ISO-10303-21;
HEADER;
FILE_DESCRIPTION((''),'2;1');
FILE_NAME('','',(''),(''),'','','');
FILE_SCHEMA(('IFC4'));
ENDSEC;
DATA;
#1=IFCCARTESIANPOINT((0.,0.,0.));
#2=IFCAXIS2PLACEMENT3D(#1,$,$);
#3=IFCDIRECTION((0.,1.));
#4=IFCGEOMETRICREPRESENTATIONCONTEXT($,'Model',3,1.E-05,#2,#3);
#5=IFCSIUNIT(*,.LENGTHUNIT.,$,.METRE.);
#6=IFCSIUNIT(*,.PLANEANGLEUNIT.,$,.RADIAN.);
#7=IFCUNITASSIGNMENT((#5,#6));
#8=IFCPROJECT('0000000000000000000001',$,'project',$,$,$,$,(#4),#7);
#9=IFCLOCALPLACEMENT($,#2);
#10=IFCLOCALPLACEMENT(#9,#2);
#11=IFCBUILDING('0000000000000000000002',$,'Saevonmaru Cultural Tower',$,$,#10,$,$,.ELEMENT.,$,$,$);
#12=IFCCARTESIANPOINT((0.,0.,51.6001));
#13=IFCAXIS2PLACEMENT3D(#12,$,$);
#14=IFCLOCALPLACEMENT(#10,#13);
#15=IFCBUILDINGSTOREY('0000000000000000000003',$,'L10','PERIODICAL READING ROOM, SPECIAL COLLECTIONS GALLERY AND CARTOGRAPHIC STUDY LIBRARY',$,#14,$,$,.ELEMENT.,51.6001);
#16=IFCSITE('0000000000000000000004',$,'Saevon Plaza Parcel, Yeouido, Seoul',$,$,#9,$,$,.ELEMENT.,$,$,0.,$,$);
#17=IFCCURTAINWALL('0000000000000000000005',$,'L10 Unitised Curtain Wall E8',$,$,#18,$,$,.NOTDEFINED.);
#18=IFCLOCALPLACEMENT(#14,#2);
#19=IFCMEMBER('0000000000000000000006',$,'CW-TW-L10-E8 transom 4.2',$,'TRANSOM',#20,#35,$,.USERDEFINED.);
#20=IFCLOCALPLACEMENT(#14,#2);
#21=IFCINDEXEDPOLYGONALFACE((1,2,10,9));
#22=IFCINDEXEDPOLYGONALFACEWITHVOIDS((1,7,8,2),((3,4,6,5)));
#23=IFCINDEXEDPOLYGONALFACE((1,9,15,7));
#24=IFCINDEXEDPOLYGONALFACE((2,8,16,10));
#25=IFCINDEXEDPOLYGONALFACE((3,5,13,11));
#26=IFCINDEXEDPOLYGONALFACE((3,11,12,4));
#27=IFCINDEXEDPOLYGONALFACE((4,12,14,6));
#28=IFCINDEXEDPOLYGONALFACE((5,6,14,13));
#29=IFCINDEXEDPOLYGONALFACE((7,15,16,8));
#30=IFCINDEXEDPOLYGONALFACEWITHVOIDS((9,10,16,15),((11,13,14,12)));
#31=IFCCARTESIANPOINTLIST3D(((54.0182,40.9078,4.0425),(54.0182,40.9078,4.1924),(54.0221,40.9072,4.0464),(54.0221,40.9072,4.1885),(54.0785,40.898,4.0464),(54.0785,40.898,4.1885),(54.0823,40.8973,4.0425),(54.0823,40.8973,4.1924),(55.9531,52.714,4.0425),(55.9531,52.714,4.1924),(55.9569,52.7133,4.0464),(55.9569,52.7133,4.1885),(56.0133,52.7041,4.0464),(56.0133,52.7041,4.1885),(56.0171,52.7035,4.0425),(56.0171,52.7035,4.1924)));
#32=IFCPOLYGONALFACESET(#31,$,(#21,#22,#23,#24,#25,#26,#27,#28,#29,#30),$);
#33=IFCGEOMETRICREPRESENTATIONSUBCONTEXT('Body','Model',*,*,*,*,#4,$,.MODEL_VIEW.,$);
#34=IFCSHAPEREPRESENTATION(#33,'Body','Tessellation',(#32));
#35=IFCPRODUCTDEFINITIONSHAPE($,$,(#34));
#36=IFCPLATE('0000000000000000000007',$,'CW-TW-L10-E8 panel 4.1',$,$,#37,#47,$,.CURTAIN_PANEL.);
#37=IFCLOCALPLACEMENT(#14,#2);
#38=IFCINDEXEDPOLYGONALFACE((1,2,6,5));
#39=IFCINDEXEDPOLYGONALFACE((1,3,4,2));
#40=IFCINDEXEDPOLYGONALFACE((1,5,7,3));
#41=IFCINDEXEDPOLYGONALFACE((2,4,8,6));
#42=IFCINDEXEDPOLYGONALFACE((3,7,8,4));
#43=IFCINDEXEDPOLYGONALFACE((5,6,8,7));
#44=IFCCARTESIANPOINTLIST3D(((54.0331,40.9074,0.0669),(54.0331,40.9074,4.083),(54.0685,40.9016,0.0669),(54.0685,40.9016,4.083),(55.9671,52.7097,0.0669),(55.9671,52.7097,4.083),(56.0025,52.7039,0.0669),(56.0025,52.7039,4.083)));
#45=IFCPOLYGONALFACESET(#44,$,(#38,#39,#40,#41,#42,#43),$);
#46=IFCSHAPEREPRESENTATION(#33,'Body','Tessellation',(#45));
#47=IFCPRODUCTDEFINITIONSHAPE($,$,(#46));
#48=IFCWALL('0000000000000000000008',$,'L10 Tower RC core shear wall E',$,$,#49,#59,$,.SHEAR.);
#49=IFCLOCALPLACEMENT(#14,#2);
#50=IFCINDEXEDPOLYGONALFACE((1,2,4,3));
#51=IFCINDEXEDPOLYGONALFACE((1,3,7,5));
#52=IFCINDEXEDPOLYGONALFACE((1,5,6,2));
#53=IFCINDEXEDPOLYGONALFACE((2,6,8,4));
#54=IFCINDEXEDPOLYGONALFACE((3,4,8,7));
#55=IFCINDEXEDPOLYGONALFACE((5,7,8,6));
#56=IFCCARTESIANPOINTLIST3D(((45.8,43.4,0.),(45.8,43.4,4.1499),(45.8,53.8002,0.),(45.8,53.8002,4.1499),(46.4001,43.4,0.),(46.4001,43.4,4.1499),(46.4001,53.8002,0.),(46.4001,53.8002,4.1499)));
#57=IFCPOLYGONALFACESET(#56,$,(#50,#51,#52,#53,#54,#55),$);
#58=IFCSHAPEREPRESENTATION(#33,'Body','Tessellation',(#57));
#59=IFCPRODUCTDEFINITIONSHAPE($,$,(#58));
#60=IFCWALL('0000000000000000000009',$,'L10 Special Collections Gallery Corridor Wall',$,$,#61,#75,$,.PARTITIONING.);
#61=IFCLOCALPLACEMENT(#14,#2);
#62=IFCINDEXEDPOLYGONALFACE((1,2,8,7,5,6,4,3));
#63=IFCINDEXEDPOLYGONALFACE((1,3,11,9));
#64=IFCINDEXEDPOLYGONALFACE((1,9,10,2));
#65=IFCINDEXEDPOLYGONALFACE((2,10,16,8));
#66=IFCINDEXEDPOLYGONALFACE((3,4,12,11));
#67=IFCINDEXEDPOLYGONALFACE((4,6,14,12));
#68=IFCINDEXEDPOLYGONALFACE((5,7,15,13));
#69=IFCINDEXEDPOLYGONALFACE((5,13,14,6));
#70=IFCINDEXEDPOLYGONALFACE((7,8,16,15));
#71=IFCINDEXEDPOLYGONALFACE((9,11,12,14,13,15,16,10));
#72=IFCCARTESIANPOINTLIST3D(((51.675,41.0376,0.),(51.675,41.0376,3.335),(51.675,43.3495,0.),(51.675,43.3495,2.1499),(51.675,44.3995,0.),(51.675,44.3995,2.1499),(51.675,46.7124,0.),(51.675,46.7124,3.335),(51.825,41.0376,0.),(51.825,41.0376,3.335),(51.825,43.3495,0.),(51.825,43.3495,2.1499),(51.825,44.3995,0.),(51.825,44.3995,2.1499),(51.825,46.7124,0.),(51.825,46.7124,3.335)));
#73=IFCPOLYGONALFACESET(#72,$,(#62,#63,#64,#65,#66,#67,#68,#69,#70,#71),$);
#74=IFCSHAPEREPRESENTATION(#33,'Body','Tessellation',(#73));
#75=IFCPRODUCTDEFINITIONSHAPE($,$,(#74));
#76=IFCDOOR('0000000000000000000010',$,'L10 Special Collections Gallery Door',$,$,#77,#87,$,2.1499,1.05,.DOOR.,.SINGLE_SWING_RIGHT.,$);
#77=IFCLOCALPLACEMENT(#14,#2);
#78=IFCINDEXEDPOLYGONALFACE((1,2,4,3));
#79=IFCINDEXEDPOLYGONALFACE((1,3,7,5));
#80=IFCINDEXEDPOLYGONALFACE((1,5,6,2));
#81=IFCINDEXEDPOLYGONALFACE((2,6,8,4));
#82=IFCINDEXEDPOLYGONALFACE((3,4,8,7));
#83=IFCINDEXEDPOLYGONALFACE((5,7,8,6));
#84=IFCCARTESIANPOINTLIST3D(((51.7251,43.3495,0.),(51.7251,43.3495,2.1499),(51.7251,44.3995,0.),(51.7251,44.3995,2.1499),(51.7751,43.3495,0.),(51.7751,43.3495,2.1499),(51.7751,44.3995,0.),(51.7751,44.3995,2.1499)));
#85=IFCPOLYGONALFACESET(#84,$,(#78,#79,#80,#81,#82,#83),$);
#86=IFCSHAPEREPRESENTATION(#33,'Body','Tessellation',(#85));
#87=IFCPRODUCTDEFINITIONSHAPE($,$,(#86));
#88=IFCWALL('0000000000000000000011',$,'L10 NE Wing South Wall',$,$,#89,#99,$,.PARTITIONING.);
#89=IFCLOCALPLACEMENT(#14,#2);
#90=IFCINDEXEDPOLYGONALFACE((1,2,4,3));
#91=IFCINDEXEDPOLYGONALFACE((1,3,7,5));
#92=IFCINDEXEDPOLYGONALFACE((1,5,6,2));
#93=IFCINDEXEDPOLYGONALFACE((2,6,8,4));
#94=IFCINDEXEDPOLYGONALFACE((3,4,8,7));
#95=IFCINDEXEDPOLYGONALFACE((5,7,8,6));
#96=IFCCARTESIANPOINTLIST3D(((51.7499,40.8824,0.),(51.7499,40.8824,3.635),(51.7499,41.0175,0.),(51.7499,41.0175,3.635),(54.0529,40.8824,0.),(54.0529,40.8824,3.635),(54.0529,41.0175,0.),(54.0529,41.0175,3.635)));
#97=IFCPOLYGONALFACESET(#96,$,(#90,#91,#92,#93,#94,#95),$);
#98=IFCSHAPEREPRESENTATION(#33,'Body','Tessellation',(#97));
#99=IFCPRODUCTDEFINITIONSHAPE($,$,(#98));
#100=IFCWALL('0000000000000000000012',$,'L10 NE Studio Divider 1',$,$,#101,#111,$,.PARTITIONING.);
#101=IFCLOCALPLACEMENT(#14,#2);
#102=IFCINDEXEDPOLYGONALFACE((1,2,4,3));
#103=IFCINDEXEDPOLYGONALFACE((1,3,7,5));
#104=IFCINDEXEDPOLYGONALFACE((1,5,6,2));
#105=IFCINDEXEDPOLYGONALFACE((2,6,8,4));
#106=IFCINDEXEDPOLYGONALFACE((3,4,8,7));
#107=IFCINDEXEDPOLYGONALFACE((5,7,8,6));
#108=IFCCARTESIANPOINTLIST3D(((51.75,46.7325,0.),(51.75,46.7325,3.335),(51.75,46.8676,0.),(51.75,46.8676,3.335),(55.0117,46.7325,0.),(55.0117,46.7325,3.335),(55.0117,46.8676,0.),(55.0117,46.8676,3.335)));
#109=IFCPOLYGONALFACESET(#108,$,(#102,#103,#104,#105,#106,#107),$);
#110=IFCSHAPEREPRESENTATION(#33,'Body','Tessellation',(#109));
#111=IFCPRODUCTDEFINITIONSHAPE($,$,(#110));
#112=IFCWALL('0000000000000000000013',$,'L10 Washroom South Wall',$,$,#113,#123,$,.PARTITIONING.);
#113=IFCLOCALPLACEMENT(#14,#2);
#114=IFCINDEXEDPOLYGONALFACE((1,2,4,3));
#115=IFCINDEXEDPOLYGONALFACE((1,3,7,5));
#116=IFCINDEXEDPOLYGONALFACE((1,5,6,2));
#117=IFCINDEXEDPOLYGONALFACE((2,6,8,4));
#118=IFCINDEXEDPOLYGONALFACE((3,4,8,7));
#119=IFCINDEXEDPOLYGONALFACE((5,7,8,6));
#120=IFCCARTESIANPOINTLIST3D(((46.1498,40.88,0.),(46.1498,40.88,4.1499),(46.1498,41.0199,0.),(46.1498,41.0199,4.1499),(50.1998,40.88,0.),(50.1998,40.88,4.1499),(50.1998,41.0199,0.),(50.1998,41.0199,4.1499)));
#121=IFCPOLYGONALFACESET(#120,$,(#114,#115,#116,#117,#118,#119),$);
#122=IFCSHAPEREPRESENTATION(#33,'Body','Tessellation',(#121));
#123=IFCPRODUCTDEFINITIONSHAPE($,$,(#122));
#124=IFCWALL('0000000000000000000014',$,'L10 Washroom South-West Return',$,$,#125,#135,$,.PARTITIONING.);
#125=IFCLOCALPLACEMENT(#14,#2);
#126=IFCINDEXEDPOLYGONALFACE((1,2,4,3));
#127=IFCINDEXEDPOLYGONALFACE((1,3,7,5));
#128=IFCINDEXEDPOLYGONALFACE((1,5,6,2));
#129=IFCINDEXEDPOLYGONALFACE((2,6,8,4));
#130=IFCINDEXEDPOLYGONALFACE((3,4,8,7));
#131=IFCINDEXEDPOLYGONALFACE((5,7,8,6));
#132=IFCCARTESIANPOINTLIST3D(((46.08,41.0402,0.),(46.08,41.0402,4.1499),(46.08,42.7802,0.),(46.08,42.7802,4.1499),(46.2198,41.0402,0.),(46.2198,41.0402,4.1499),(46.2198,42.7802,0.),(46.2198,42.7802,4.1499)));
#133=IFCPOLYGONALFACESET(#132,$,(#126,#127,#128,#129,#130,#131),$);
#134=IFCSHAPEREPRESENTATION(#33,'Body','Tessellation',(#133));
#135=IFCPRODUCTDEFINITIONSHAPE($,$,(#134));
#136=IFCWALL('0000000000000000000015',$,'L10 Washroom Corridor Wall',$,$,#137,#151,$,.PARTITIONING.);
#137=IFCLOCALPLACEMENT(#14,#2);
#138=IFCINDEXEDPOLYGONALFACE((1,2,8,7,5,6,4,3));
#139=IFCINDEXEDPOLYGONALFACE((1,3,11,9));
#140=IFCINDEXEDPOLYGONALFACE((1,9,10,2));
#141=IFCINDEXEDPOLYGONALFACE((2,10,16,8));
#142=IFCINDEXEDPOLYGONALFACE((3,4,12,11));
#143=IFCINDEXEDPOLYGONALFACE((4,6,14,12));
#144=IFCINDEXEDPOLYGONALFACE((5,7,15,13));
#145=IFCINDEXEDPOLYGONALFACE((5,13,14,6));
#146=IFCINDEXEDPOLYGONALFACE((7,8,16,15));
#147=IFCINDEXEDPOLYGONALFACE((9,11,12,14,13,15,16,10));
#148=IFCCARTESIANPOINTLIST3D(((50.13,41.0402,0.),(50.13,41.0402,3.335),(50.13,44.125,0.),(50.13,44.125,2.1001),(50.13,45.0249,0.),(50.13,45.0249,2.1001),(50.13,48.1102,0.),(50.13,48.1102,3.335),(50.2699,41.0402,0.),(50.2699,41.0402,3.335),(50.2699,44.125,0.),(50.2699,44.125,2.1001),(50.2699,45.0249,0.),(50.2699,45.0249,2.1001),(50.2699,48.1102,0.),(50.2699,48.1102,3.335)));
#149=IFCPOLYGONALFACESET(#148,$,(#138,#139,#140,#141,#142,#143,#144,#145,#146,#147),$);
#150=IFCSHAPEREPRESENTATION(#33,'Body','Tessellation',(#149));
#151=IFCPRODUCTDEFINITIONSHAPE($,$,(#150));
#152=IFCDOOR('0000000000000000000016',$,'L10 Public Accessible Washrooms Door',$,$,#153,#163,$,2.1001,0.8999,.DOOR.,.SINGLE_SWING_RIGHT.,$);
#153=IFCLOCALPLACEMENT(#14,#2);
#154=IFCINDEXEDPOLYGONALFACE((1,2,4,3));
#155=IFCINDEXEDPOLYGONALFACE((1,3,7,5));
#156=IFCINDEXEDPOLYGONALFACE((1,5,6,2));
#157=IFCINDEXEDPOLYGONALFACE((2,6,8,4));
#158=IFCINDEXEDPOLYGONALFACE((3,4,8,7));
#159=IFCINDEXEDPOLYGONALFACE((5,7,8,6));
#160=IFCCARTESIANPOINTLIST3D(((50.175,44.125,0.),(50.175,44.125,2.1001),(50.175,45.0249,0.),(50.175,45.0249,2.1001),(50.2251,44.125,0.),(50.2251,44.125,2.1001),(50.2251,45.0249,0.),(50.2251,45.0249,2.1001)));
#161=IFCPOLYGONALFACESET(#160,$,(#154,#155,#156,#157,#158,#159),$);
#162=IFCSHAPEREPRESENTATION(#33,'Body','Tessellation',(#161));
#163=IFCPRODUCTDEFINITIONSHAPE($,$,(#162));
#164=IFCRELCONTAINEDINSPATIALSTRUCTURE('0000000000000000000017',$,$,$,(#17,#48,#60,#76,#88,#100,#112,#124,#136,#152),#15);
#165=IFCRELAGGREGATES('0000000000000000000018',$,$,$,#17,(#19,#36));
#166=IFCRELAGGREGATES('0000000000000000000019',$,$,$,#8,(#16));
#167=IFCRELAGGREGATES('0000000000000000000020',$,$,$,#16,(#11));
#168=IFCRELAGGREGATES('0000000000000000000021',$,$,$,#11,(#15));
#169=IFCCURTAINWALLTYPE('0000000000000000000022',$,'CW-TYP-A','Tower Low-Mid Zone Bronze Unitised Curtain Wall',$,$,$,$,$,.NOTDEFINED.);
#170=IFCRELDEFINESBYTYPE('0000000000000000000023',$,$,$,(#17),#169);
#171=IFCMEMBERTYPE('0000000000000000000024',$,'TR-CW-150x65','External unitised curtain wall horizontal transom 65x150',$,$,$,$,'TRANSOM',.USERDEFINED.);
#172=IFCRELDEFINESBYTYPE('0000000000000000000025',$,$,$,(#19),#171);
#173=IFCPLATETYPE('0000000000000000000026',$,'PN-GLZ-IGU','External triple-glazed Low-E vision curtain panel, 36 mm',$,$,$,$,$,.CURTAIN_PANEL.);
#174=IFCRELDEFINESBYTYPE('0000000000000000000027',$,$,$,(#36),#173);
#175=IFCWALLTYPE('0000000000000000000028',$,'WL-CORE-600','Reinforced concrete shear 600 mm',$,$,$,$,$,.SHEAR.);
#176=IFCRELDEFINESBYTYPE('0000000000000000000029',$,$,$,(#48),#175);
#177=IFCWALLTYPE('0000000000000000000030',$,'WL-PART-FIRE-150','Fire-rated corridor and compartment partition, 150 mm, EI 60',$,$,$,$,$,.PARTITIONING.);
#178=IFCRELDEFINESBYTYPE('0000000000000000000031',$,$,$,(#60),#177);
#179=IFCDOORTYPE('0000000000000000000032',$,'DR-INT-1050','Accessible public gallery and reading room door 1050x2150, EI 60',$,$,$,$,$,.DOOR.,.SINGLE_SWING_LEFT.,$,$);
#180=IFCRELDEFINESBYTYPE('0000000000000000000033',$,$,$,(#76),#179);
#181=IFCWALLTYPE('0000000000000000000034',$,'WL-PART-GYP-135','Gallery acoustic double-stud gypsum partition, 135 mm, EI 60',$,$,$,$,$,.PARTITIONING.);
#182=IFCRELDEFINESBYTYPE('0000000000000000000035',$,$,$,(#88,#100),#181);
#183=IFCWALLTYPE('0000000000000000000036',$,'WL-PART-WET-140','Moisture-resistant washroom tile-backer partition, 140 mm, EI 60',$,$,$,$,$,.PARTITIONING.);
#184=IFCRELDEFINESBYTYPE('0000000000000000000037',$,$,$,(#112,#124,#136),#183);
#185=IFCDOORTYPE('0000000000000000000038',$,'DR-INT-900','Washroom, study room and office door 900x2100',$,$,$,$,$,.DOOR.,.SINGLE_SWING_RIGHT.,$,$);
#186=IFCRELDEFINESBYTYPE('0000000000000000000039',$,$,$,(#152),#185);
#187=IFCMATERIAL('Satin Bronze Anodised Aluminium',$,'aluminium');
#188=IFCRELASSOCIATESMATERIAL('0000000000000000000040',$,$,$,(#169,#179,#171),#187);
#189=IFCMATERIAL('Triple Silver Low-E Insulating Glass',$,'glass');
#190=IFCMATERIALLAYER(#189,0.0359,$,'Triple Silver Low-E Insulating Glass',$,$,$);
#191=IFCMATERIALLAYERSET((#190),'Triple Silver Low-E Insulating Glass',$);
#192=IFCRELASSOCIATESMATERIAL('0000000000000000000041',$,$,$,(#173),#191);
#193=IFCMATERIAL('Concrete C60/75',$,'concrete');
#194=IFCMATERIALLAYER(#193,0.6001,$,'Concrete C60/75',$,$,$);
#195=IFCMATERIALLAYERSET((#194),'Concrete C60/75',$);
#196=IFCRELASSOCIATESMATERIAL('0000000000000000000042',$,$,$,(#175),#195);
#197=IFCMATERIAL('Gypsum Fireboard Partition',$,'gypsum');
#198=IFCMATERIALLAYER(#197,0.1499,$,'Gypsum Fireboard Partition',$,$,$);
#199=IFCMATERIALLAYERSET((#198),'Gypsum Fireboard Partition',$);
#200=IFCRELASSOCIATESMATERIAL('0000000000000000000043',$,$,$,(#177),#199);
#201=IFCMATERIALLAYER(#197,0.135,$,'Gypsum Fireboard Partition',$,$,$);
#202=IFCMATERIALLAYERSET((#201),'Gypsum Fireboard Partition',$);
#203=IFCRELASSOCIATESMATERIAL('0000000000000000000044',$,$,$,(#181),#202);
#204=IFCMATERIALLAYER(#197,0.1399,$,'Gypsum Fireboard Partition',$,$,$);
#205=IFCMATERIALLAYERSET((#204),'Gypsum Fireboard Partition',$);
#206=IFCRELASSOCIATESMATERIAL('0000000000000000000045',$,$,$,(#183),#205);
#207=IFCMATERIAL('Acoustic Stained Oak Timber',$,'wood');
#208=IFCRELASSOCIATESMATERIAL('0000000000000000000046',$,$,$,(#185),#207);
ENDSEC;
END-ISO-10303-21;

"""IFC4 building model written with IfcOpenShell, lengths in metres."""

from ifc_helpers import new_model, si_unit, direction, frame, frame_2d, origin, origin_2d, place, context, subcontext, project, spatial, rectangle, hollow_rectangle, extrude, material, layer, layer_set, material_profile, profile_set, type_object, element, fill, aggregate, save


model = new_model("IFC4")

# Units and contexts
model_context = context("Model", 3, precision=1e-05, world=origin(), true_north=direction((0.0, 1.0)))
body_context = subcontext(model_context, "Body", "Model", "MODEL_VIEW")
ifc_project = project(units=[si_unit("LENGTHUNIT", "METRE"), si_unit("PLANEANGLEUNIT", "RADIAN")], contexts=[model_context])

# Site, building, storey
site_placement = place(None, origin())
site = spatial("IfcSite", under=ifc_project, at=site_placement, Name="Saevon Plaza Parcel, Yeouido, Seoul", CompositionType="ELEMENT", RefElevation=0.0)
building_placement = place(site_placement, origin())
building = spatial("IfcBuilding", under=site, at=building_placement, Name="Saevonmaru Cultural Tower", CompositionType="ELEMENT")
storey_placement = place(building_placement, frame((0.0, 0.0, 51.6001)))
storey = spatial("IfcBuildingStorey", under=building, at=storey_placement, Name="L10", Description="PERIODICAL READING ROOM, SPECIAL COLLECTIONS GALLERY AND CARTOGRAPHIC STUDY LIBRARY", CompositionType="ELEMENT", Elevation=51.6001)

# Curtain wall, member, plate
ifc_material_1 = material(Name="Satin Bronze Anodised Aluminium", Category="aluminium")
curtain_wall_type = type_object("IfcCurtainWallType", Name="CW-TYP-A", Description="Tower Low-Mid Zone Bronze Unitised Curtain Wall", PredefinedType="NOTDEFINED", material=ifc_material_1)
curtain_wall_placement = place(storey_placement, origin())
curtain_wall = element("IfcCurtainWall", 1, at=curtain_wall_placement, inside=storey, type_object=curtain_wall_type, Name="L10 Unitised Curtain Wall E8", PredefinedType="NOTDEFINED")
ifc_material_profile_1 = material_profile(ifc_material_1, hollow_rectangle(XDim=0.0649, YDim=0.1499, WallThickness=0.0039, at=origin_2d()), Name="ALU-TRAN-150x65x4")
ifc_profile_set_1 = profile_set([ifc_material_profile_1], Name="Satin Bronze Anodised Aluminium")
member_type_1 = type_object("IfcMemberType", Name="TR-CW-150x65", Description="External unitised curtain wall horizontal transom 65x150", ElementType="TRANSOM", PredefinedType="USERDEFINED", material=ifc_profile_set_1)
member_1_placement = place(storey_placement, frame((54.0503, 40.9026, 4.1174), z_axis=(0.161725, 0.986836, 0.0), x_axis=(-0.986836, 0.161725, 0.0)))
member_1 = element("IfcMember", 2, at=member_1_placement, type_object=member_type_1, Name="CW-TW-L10-E8 transom 4.2", ObjectType="TRANSOM", PredefinedType="USERDEFINED", context=body_context, shape_type="SweptSolid", body=[
    extrude(hollow_rectangle(XDim=0.0649, YDim=0.1499, WallThickness=0.0039, at=origin_2d()), origin(), (0.0, 0.0, 1.0), 11.9636),
])
ifc_material_2 = material(Name="Triple Silver Low-E Insulating Glass", Category="glass")
ifc_layer_1 = layer(ifc_material_2, 0.0359, Name="Triple Silver Low-E Insulating Glass")
ifc_layer_set_1 = layer_set([ifc_layer_1], Name="Triple Silver Low-E Insulating Glass")
plate_type = type_object("IfcPlateType", Name="PN-GLZ-IGU", Description="External triple-glazed Low-E vision curtain panel, 36 mm", PredefinedType="CURTAIN_PANEL", material=ifc_layer_set_1)
plate_placement = place(storey_placement, frame((55.0178, 46.8057, 0.0669), z_axis=(0.0, 0.0, 1.0), x_axis=(0.161709, 0.986839, 0.0)))
plate = element("IfcPlate", 3, at=plate_placement, type_object=plate_type, Name="CW-TW-L10-E8 panel 4.1", PredefinedType="CURTAIN_PANEL", context=body_context, shape_type="SweptSolid", body=[
    extrude(rectangle(XDim=11.9597, YDim=0.0359, at=origin_2d()), origin(), (0.0, 0.0, 1.0), 4.0161),
])
aggregate(curtain_wall, [member_1, plate])

# Wall
ifc_material_3 = material(Name="Concrete C60/75", Category="concrete")
ifc_layer_2 = layer(ifc_material_3, 0.6001, Name="Concrete C60/75")
ifc_layer_set_2 = layer_set([ifc_layer_2], Name="Concrete C60/75")
wall_type_1 = type_object("IfcWallType", Name="WL-CORE-600", Description="Reinforced concrete shear 600 mm", PredefinedType="SHEAR", material=ifc_layer_set_2)
wall_1_placement = place(storey_placement, frame((46.1001, 43.3999, 0.0), z_axis=(0.0, 0.0, 1.0), x_axis=(0.0, 1.0, 0.0)))
element("IfcWall", 4, at=wall_1_placement, inside=storey, type_object=wall_type_1, Name="L10 Tower RC core shear wall E", PredefinedType="SHEAR", context=body_context, shape_type="SweptSolid", body=[
    extrude(rectangle(XDim=10.4001, YDim=0.6001, at=frame_2d((5.2002, 0.0))), origin(), (0.0, 0.0, 1.0), 4.1499),
])

# Wall, opening, door
ifc_material_4 = material(Name="Gypsum Fireboard Partition", Category="gypsum")
ifc_layer_3 = layer(ifc_material_4, 0.1499, Name="Gypsum Fireboard Partition")
ifc_layer_set_3 = layer_set([ifc_layer_3], Name="Gypsum Fireboard Partition")
wall_type_2 = type_object("IfcWallType", Name="WL-PART-FIRE-150", Description="Fire-rated corridor and compartment partition, 150 mm, EI 60", PredefinedType="PARTITIONING", material=ifc_layer_set_3)
wall_2_placement = place(storey_placement, frame((51.75, 41.0376, 0.0), z_axis=(0.0, 0.0, 1.0), x_axis=(0.0, 1.0, 0.0)))
wall_2 = element("IfcWall", 5, at=wall_2_placement, inside=storey, type_object=wall_type_2, Name="L10 Special Collections Gallery Corridor Wall", PredefinedType="PARTITIONING", context=body_context, shape_type="SweptSolid", body=[
    extrude(rectangle(XDim=5.6748, YDim=0.1499, at=frame_2d((2.8374, 0.0))), origin(), (0.0, 0.0, 1.0), 3.335),
])
opening_1_placement = place(wall_2_placement, frame((2.312, 0.0, 0.0)))
opening_1 = element("IfcOpeningElement", 6, at=opening_1_placement, cuts=wall_2, PredefinedType="OPENING", context=body_context, shape_type="SweptSolid", body=[
    extrude(rectangle(XDim=1.05, YDim=2.1499, at=frame_2d((0.5249, 1.075))), frame((0.0, 0.085, 0.0), z_axis=(0.0, -1.0, 0.0), x_axis=(1.0, 0.0, 0.0)), (0.0, 0.0, 1.0), 0.1699),
])
door_type_1 = type_object("IfcDoorType", Name="DR-INT-1050", Description="Accessible public gallery and reading room door 1050x2150, EI 60", OperationType="SINGLE_SWING_LEFT", PredefinedType="DOOR", material=ifc_material_1)
door_1_placement = place(opening_1_placement, origin())
door_1 = element("IfcDoor", 7, at=door_1_placement, inside=storey, type_object=door_type_1, Name="L10 Special Collections Gallery Door", OperationType="SINGLE_SWING_RIGHT", OverallHeight=2.1499, OverallWidth=1.05, PredefinedType="DOOR", context=body_context, shape_type="SweptSolid", body=[
    extrude(rectangle(XDim=1.05, YDim=2.1499, at=frame_2d((0.5249, 1.075))), frame((0.0, 0.0249, 0.0), z_axis=(0.0, -1.0, 0.0), x_axis=(1.0, 0.0, 0.0)), (0.0, 0.0, 1.0), 0.05),
])
fill(opening_1, door_1)

# Walls
ifc_layer_4 = layer(ifc_material_4, 0.135, Name="Gypsum Fireboard Partition")
ifc_layer_set_4 = layer_set([ifc_layer_4], Name="Gypsum Fireboard Partition")
wall_type_3 = type_object("IfcWallType", Name="WL-PART-GYP-135", Description="Gallery acoustic double-stud gypsum partition, 135 mm, EI 60", PredefinedType="PARTITIONING", material=ifc_layer_set_4)
wall_3_placement = place(storey_placement, frame((51.75, 40.95, 0.0), z_axis=(0.0, 0.0, 1.0), x_axis=(1.0, 0.0, 0.0)))
element("IfcWall", 8, at=wall_3_placement, inside=storey, type_object=wall_type_3, Name="L10 NE Wing South Wall", PredefinedType="PARTITIONING", context=body_context, shape_type="SweptSolid", body=[
    extrude(rectangle(XDim=2.303, YDim=0.135, at=frame_2d((1.1514, 0.0))), origin(), (0.0, 0.0, 1.0), 3.635),
])
wall_4_placement = place(storey_placement, frame((51.75, 46.8, 0.0), z_axis=(0.0, 0.0, 1.0), x_axis=(1.0, 0.0, 0.0)))
element("IfcWall", 9, at=wall_4_placement, inside=storey, type_object=wall_type_3, Name="L10 NE Studio Divider 1", PredefinedType="PARTITIONING", context=body_context, shape_type="SweptSolid", body=[
    extrude(rectangle(XDim=3.2617, YDim=0.135, at=frame_2d((1.6309, 0.0))), origin(), (0.0, 0.0, 1.0), 3.335),
])
ifc_layer_5 = layer(ifc_material_4, 0.1399, Name="Gypsum Fireboard Partition")
ifc_layer_set_5 = layer_set([ifc_layer_5], Name="Gypsum Fireboard Partition")
wall_type_4 = type_object("IfcWallType", Name="WL-PART-WET-140", Description="Moisture-resistant washroom tile-backer partition, 140 mm, EI 60", PredefinedType="PARTITIONING", material=ifc_layer_set_5)
wall_5_placement = place(storey_placement, frame((46.1499, 40.95, 0.0), z_axis=(0.0, 0.0, 1.0), x_axis=(1.0, 0.0, 0.0)))
element("IfcWall", 10, at=wall_5_placement, inside=storey, type_object=wall_type_4, Name="L10 Washroom South Wall", PredefinedType="PARTITIONING", context=body_context, shape_type="SweptSolid", body=[
    extrude(rectangle(XDim=4.05, YDim=0.1399, at=frame_2d((2.0249, 0.0))), origin(), (0.0, 0.0, 1.0), 4.1499),
])
wall_6_placement = place(storey_placement, frame((46.1499, 41.04, 0.0), z_axis=(0.0, 0.0, 1.0), x_axis=(0.0, 1.0, 0.0)))
element("IfcWall", 11, at=wall_6_placement, inside=storey, type_object=wall_type_4, Name="L10 Washroom South-West Return", PredefinedType="PARTITIONING", context=body_context, shape_type="SweptSolid", body=[
    extrude(rectangle(XDim=1.74, YDim=0.1399, at=frame_2d((0.8701, 0.0))), origin(), (0.0, 0.0, 1.0), 4.1499),
])

# Wall, opening, door
wall_7_placement = place(storey_placement, frame((50.2, 41.04, 0.0), z_axis=(0.0, 0.0, 1.0), x_axis=(0.0, 1.0, 0.0)))
wall_7 = element("IfcWall", 12, at=wall_7_placement, inside=storey, type_object=wall_type_4, Name="L10 Washroom Corridor Wall", PredefinedType="PARTITIONING", context=body_context, shape_type="SweptSolid", body=[
    extrude(rectangle(XDim=7.0701, YDim=0.1399, at=frame_2d((3.5352, 0.0))), origin(), (0.0, 0.0, 1.0), 3.335),
])
opening_2_placement = place(wall_7_placement, frame((3.085, 0.0, 0.0)))
opening_2 = element("IfcOpeningElement", 13, at=opening_2_placement, cuts=wall_7, PredefinedType="OPENING", context=body_context, shape_type="SweptSolid", body=[
    extrude(rectangle(XDim=0.8999, YDim=2.1001, at=frame_2d((0.45, 1.05))), frame((0.0, 0.0801, 0.0), z_axis=(0.0, -1.0, 0.0), x_axis=(1.0, 0.0, 0.0)), (0.0, 0.0, 1.0), 0.1599),
])
ifc_material_5 = material(Name="Acoustic Stained Oak Timber", Category="wood")
door_type_2 = type_object("IfcDoorType", Name="DR-INT-900", Description="Washroom, study room and office door 900x2100", OperationType="SINGLE_SWING_RIGHT", PredefinedType="DOOR", material=ifc_material_5)
door_2_placement = place(opening_2_placement, origin())
door_2 = element("IfcDoor", 14, at=door_2_placement, inside=storey, type_object=door_type_2, Name="L10 Public Accessible Washrooms Door", OperationType="SINGLE_SWING_RIGHT", OverallHeight=2.1001, OverallWidth=0.8999, PredefinedType="DOOR", context=body_context, shape_type="SweptSolid", body=[
    extrude(rectangle(XDim=0.8999, YDim=2.1001, at=frame_2d((0.45, 1.05))), frame((0.0, 0.0249, 0.0), z_axis=(0.0, -1.0, 0.0), x_axis=(1.0, 0.0, 0.0)), (0.0, 0.0, 1.0), 0.05),
])
fill(opening_2, door_2)

save(model, "model.ifc")
